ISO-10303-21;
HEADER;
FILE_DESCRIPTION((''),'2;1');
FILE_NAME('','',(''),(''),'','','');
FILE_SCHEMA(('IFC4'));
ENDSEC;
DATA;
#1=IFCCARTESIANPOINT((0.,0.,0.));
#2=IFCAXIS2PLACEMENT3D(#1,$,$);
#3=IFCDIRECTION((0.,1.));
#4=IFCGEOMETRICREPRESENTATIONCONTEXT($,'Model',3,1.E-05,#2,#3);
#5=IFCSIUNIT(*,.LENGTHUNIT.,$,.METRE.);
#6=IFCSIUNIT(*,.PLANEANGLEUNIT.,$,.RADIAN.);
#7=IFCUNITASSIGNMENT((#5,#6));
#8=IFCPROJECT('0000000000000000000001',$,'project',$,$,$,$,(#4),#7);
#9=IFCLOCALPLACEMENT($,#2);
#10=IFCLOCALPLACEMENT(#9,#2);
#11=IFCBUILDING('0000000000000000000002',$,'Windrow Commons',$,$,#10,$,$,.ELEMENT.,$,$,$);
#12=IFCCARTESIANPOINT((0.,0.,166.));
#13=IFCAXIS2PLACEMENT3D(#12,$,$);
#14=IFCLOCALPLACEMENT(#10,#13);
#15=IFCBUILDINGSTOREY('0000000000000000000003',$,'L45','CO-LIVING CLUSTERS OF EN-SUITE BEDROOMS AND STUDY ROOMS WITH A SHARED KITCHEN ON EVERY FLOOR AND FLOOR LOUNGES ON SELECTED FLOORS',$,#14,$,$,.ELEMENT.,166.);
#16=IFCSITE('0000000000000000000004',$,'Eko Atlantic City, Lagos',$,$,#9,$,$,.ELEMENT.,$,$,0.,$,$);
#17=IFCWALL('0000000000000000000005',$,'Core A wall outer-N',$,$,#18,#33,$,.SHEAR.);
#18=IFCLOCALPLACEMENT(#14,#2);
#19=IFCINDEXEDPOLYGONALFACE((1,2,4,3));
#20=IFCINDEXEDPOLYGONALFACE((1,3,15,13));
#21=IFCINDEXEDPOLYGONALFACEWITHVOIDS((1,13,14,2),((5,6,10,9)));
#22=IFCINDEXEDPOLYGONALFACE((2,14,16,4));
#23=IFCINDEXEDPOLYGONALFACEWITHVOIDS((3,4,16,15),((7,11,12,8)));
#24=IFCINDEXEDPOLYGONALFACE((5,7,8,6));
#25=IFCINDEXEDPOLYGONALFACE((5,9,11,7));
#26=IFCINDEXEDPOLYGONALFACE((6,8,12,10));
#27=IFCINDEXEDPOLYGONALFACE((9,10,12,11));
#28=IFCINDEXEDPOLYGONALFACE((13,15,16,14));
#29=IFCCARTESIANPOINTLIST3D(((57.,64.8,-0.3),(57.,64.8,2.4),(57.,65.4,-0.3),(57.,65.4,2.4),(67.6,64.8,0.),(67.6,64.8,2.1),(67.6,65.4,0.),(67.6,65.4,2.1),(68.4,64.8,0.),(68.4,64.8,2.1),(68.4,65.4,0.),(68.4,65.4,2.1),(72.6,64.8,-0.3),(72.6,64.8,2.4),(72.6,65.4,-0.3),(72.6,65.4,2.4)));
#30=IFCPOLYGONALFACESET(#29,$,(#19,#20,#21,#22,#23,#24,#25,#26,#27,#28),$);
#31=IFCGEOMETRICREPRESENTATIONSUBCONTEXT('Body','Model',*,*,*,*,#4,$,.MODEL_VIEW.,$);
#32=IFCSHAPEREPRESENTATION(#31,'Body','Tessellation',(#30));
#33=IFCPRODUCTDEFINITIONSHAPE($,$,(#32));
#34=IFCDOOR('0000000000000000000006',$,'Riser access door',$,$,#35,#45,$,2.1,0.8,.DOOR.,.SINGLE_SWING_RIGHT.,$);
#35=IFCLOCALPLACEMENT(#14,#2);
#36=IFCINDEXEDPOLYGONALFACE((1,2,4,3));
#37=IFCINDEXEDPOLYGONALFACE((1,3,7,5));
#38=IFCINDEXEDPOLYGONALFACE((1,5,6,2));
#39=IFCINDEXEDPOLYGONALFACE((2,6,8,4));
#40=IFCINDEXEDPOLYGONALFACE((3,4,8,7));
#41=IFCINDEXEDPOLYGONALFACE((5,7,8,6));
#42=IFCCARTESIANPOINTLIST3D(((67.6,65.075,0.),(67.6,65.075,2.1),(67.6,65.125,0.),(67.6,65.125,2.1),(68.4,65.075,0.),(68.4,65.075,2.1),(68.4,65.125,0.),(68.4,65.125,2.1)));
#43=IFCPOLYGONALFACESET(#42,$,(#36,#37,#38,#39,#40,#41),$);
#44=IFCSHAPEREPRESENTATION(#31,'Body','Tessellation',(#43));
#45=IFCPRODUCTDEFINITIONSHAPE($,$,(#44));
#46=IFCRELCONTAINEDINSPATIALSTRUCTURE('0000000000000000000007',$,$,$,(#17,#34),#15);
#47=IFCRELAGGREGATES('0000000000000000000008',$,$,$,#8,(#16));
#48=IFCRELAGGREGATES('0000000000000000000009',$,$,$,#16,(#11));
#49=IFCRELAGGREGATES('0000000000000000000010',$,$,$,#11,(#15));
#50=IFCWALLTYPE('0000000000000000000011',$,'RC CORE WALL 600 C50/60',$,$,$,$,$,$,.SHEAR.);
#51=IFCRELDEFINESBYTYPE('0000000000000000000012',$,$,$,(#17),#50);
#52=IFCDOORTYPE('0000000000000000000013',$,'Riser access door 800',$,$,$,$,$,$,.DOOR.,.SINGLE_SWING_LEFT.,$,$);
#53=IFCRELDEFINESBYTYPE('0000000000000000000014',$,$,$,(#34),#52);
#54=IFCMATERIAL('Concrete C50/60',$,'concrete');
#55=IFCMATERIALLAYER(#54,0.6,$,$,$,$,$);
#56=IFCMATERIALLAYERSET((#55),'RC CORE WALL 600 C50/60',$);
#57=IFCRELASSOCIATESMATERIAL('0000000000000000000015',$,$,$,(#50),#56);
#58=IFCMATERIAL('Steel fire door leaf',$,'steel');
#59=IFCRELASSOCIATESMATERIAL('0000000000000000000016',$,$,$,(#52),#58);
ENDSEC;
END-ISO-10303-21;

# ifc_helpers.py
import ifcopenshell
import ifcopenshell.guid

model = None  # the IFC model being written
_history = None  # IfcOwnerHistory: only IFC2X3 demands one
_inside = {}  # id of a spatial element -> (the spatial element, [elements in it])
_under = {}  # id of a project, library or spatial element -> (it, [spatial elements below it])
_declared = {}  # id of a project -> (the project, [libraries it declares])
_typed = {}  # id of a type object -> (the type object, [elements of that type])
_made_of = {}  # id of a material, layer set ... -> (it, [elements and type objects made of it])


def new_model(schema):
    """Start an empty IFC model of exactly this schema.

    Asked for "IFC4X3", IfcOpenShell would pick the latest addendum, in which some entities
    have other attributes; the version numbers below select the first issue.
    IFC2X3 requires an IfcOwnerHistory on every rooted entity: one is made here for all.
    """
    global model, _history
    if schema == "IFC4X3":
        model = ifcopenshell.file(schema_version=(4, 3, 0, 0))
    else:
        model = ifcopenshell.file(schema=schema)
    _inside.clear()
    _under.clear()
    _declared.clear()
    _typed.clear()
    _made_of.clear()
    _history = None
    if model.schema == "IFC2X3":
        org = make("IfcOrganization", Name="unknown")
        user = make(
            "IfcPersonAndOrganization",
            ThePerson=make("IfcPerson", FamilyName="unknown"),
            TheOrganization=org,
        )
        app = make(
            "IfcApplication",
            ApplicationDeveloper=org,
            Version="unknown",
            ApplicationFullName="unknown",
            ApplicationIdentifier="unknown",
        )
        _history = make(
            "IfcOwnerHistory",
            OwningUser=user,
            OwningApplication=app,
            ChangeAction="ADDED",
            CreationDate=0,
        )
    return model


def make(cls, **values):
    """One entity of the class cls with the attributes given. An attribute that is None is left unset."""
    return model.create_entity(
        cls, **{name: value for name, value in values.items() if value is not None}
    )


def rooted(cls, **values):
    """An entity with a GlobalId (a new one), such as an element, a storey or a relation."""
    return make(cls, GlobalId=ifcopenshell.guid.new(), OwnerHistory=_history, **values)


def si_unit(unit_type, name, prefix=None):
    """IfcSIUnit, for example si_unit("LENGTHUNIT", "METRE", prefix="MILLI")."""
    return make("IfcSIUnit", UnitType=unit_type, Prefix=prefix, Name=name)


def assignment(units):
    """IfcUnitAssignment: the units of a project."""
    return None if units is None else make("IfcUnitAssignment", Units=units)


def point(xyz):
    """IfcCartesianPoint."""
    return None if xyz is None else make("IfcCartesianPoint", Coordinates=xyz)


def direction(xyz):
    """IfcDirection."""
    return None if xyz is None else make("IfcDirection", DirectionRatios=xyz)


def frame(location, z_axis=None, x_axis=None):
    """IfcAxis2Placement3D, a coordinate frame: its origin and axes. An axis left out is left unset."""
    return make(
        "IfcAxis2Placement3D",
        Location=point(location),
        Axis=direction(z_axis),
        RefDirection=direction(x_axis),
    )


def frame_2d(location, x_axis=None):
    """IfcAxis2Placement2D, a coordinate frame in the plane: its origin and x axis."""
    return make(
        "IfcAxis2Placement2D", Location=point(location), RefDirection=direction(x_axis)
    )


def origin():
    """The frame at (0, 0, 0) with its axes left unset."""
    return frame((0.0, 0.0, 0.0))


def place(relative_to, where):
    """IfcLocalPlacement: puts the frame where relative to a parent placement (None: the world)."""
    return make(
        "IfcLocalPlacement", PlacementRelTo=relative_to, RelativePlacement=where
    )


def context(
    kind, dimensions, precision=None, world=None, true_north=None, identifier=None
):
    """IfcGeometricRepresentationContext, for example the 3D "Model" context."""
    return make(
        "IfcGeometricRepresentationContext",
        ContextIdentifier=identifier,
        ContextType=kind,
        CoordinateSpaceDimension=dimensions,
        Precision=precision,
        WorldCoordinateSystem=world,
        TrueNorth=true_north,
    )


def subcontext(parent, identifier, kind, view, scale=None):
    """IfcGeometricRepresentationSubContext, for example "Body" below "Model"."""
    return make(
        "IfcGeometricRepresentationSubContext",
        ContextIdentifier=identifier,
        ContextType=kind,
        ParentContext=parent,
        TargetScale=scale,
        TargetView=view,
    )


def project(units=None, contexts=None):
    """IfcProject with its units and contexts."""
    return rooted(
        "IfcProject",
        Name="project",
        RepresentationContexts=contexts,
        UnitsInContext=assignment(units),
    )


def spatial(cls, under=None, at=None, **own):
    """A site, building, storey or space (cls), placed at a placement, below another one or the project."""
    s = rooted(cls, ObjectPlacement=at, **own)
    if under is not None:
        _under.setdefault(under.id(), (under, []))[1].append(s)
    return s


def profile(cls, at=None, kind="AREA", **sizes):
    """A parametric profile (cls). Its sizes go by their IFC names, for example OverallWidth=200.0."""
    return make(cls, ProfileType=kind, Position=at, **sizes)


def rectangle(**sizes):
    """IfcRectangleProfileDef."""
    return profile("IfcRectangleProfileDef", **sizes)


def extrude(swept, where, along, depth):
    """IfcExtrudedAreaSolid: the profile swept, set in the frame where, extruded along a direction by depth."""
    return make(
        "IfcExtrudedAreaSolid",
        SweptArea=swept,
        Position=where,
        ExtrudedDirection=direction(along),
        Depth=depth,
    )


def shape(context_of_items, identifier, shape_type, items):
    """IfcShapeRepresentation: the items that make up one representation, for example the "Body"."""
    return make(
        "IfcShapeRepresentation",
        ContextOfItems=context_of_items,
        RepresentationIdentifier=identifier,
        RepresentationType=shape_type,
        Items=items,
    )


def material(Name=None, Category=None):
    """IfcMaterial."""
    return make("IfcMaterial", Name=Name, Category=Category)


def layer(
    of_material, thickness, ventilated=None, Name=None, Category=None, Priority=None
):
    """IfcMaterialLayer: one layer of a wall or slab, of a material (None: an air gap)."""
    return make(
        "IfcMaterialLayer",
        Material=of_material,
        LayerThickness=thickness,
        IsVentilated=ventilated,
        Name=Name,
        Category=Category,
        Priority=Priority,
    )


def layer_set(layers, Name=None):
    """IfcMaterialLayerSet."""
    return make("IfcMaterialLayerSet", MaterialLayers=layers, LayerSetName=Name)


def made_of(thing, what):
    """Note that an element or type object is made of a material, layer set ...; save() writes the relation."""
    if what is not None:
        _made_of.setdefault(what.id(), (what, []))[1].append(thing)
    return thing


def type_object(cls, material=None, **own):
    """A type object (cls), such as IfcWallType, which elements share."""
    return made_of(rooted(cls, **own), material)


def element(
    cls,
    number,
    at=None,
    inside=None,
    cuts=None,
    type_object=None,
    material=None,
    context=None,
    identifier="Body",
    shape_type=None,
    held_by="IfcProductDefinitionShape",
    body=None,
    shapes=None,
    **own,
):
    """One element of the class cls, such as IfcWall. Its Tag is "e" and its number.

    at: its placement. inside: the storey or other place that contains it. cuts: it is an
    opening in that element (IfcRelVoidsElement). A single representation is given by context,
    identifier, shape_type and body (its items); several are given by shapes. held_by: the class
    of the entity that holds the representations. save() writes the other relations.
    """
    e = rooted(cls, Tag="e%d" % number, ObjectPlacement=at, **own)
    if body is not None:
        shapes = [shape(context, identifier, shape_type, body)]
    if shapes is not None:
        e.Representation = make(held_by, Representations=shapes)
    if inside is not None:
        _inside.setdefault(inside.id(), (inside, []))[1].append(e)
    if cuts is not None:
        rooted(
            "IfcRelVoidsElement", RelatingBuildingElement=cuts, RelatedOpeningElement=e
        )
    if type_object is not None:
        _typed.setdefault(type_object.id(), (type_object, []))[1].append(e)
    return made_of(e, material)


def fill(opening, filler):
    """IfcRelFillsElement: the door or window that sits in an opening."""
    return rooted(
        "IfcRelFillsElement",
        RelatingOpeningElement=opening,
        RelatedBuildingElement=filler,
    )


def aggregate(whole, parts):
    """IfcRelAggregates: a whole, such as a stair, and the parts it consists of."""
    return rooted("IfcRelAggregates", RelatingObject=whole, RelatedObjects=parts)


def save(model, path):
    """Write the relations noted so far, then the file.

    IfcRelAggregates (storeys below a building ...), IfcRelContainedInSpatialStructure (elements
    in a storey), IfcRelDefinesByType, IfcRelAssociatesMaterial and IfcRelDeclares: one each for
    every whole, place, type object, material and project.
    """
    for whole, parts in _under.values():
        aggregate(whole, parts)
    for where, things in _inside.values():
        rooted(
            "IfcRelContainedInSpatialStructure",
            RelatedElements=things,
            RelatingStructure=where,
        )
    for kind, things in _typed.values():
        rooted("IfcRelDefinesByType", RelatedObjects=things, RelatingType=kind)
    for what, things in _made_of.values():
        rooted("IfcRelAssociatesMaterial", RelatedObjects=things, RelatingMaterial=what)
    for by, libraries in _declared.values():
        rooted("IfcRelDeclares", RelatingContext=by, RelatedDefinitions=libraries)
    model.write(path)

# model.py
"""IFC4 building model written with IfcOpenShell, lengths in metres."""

from ifc_helpers import new_model, si_unit, direction, frame, frame_2d, origin, place, context, subcontext, project, spatial, rectangle, extrude, material, layer, layer_set, type_object, element, fill, save


model = new_model("IFC4")

# Units and contexts
model_context = context("Model", 3, precision=1e-05, world=origin(), true_north=direction((0.0, 1.0)))
body_context = subcontext(model_context, "Body", "Model", "MODEL_VIEW")
ifc_project = project(units=[si_unit("LENGTHUNIT", "METRE"), si_unit("PLANEANGLEUNIT", "RADIAN")], contexts=[model_context])

# Site, building, storey
site_placement = place(None, origin())
site = spatial("IfcSite", under=ifc_project, at=site_placement, Name="Eko Atlantic City, Lagos", CompositionType="ELEMENT", RefElevation=0.0)
building_placement = place(site_placement, origin())
building = spatial("IfcBuilding", under=site, at=building_placement, Name="Windrow Commons", CompositionType="ELEMENT")
storey_placement = place(building_placement, frame((0.0, 0.0, 166.0)))
storey = spatial("IfcBuildingStorey", under=building, at=storey_placement, Name="L45", Description="CO-LIVING CLUSTERS OF EN-SUITE BEDROOMS AND STUDY ROOMS WITH A SHARED KITCHEN ON EVERY FLOOR AND FLOOR LOUNGES ON SELECTED FLOORS", CompositionType="ELEMENT", Elevation=166.0)

# Wall, opening, door
ifc_material_1 = material(Name="Concrete C50/60", Category="concrete")
ifc_layer_1 = layer(ifc_material_1, 0.6)
ifc_layer_set_1 = layer_set([ifc_layer_1], Name="RC CORE WALL 600 C50/60")
wall_type_1 = type_object("IfcWallType", Name="RC CORE WALL 600 C50/60", PredefinedType="SHEAR", material=ifc_layer_set_1)
wall_1_placement = place(storey_placement, frame((57.0, 65.1, -0.3), z_axis=(0.0, 0.0, 1.0), x_axis=(1.0, 0.0, 0.0)))
wall_1 = element("IfcWall", 1, at=wall_1_placement, inside=storey, type_object=wall_type_1, Name="Core A wall outer-N", PredefinedType="SHEAR", context=body_context, shape_type="SweptSolid", body=[
    extrude(rectangle(XDim=15.6, YDim=0.6, at=frame_2d((7.8, 0.0))), origin(), (0.0, 0.0, 1.0), 2.7),
])
opening_1_placement = place(wall_1_placement, frame((10.6, 0.0, 0.3)))
opening_1 = element("IfcOpeningElement", 2, at=opening_1_placement, cuts=wall_1, PredefinedType="OPENING", context=body_context, shape_type="SweptSolid", body=[
    extrude(rectangle(XDim=0.8, YDim=2.1, at=frame_2d((0.4, 1.05))), frame((0.0, 0.31, 0.0), z_axis=(0.0, -1.0, 0.0), x_axis=(1.0, 0.0, 0.0)), (0.0, 0.0, 1.0), 0.62),
])
ifc_material_2 = material(Name="Steel fire door leaf", Category="steel")
door_type_1 = type_object("IfcDoorType", Name="Riser access door 800", OperationType="SINGLE_SWING_LEFT", PredefinedType="DOOR", material=ifc_material_2)
door_1_placement = place(opening_1_placement, origin())
door_1 = element("IfcDoor", 3, at=door_1_placement, inside=storey, type_object=door_type_1, Name="Riser access door", OperationType="SINGLE_SWING_RIGHT", OverallHeight=2.1, OverallWidth=0.8, PredefinedType="DOOR", context=body_context, shape_type="SweptSolid", body=[
    extrude(rectangle(XDim=0.8, YDim=2.1, at=frame_2d((0.4, 1.05))), frame((0.0, 0.025, 0.0), z_axis=(0.0, -1.0, 0.0), x_axis=(1.0, 0.0, 0.0)), (0.0, 0.0, 1.0), 0.05),
])
fill(opening_1, door_1)

save(model, "model.ifc")
